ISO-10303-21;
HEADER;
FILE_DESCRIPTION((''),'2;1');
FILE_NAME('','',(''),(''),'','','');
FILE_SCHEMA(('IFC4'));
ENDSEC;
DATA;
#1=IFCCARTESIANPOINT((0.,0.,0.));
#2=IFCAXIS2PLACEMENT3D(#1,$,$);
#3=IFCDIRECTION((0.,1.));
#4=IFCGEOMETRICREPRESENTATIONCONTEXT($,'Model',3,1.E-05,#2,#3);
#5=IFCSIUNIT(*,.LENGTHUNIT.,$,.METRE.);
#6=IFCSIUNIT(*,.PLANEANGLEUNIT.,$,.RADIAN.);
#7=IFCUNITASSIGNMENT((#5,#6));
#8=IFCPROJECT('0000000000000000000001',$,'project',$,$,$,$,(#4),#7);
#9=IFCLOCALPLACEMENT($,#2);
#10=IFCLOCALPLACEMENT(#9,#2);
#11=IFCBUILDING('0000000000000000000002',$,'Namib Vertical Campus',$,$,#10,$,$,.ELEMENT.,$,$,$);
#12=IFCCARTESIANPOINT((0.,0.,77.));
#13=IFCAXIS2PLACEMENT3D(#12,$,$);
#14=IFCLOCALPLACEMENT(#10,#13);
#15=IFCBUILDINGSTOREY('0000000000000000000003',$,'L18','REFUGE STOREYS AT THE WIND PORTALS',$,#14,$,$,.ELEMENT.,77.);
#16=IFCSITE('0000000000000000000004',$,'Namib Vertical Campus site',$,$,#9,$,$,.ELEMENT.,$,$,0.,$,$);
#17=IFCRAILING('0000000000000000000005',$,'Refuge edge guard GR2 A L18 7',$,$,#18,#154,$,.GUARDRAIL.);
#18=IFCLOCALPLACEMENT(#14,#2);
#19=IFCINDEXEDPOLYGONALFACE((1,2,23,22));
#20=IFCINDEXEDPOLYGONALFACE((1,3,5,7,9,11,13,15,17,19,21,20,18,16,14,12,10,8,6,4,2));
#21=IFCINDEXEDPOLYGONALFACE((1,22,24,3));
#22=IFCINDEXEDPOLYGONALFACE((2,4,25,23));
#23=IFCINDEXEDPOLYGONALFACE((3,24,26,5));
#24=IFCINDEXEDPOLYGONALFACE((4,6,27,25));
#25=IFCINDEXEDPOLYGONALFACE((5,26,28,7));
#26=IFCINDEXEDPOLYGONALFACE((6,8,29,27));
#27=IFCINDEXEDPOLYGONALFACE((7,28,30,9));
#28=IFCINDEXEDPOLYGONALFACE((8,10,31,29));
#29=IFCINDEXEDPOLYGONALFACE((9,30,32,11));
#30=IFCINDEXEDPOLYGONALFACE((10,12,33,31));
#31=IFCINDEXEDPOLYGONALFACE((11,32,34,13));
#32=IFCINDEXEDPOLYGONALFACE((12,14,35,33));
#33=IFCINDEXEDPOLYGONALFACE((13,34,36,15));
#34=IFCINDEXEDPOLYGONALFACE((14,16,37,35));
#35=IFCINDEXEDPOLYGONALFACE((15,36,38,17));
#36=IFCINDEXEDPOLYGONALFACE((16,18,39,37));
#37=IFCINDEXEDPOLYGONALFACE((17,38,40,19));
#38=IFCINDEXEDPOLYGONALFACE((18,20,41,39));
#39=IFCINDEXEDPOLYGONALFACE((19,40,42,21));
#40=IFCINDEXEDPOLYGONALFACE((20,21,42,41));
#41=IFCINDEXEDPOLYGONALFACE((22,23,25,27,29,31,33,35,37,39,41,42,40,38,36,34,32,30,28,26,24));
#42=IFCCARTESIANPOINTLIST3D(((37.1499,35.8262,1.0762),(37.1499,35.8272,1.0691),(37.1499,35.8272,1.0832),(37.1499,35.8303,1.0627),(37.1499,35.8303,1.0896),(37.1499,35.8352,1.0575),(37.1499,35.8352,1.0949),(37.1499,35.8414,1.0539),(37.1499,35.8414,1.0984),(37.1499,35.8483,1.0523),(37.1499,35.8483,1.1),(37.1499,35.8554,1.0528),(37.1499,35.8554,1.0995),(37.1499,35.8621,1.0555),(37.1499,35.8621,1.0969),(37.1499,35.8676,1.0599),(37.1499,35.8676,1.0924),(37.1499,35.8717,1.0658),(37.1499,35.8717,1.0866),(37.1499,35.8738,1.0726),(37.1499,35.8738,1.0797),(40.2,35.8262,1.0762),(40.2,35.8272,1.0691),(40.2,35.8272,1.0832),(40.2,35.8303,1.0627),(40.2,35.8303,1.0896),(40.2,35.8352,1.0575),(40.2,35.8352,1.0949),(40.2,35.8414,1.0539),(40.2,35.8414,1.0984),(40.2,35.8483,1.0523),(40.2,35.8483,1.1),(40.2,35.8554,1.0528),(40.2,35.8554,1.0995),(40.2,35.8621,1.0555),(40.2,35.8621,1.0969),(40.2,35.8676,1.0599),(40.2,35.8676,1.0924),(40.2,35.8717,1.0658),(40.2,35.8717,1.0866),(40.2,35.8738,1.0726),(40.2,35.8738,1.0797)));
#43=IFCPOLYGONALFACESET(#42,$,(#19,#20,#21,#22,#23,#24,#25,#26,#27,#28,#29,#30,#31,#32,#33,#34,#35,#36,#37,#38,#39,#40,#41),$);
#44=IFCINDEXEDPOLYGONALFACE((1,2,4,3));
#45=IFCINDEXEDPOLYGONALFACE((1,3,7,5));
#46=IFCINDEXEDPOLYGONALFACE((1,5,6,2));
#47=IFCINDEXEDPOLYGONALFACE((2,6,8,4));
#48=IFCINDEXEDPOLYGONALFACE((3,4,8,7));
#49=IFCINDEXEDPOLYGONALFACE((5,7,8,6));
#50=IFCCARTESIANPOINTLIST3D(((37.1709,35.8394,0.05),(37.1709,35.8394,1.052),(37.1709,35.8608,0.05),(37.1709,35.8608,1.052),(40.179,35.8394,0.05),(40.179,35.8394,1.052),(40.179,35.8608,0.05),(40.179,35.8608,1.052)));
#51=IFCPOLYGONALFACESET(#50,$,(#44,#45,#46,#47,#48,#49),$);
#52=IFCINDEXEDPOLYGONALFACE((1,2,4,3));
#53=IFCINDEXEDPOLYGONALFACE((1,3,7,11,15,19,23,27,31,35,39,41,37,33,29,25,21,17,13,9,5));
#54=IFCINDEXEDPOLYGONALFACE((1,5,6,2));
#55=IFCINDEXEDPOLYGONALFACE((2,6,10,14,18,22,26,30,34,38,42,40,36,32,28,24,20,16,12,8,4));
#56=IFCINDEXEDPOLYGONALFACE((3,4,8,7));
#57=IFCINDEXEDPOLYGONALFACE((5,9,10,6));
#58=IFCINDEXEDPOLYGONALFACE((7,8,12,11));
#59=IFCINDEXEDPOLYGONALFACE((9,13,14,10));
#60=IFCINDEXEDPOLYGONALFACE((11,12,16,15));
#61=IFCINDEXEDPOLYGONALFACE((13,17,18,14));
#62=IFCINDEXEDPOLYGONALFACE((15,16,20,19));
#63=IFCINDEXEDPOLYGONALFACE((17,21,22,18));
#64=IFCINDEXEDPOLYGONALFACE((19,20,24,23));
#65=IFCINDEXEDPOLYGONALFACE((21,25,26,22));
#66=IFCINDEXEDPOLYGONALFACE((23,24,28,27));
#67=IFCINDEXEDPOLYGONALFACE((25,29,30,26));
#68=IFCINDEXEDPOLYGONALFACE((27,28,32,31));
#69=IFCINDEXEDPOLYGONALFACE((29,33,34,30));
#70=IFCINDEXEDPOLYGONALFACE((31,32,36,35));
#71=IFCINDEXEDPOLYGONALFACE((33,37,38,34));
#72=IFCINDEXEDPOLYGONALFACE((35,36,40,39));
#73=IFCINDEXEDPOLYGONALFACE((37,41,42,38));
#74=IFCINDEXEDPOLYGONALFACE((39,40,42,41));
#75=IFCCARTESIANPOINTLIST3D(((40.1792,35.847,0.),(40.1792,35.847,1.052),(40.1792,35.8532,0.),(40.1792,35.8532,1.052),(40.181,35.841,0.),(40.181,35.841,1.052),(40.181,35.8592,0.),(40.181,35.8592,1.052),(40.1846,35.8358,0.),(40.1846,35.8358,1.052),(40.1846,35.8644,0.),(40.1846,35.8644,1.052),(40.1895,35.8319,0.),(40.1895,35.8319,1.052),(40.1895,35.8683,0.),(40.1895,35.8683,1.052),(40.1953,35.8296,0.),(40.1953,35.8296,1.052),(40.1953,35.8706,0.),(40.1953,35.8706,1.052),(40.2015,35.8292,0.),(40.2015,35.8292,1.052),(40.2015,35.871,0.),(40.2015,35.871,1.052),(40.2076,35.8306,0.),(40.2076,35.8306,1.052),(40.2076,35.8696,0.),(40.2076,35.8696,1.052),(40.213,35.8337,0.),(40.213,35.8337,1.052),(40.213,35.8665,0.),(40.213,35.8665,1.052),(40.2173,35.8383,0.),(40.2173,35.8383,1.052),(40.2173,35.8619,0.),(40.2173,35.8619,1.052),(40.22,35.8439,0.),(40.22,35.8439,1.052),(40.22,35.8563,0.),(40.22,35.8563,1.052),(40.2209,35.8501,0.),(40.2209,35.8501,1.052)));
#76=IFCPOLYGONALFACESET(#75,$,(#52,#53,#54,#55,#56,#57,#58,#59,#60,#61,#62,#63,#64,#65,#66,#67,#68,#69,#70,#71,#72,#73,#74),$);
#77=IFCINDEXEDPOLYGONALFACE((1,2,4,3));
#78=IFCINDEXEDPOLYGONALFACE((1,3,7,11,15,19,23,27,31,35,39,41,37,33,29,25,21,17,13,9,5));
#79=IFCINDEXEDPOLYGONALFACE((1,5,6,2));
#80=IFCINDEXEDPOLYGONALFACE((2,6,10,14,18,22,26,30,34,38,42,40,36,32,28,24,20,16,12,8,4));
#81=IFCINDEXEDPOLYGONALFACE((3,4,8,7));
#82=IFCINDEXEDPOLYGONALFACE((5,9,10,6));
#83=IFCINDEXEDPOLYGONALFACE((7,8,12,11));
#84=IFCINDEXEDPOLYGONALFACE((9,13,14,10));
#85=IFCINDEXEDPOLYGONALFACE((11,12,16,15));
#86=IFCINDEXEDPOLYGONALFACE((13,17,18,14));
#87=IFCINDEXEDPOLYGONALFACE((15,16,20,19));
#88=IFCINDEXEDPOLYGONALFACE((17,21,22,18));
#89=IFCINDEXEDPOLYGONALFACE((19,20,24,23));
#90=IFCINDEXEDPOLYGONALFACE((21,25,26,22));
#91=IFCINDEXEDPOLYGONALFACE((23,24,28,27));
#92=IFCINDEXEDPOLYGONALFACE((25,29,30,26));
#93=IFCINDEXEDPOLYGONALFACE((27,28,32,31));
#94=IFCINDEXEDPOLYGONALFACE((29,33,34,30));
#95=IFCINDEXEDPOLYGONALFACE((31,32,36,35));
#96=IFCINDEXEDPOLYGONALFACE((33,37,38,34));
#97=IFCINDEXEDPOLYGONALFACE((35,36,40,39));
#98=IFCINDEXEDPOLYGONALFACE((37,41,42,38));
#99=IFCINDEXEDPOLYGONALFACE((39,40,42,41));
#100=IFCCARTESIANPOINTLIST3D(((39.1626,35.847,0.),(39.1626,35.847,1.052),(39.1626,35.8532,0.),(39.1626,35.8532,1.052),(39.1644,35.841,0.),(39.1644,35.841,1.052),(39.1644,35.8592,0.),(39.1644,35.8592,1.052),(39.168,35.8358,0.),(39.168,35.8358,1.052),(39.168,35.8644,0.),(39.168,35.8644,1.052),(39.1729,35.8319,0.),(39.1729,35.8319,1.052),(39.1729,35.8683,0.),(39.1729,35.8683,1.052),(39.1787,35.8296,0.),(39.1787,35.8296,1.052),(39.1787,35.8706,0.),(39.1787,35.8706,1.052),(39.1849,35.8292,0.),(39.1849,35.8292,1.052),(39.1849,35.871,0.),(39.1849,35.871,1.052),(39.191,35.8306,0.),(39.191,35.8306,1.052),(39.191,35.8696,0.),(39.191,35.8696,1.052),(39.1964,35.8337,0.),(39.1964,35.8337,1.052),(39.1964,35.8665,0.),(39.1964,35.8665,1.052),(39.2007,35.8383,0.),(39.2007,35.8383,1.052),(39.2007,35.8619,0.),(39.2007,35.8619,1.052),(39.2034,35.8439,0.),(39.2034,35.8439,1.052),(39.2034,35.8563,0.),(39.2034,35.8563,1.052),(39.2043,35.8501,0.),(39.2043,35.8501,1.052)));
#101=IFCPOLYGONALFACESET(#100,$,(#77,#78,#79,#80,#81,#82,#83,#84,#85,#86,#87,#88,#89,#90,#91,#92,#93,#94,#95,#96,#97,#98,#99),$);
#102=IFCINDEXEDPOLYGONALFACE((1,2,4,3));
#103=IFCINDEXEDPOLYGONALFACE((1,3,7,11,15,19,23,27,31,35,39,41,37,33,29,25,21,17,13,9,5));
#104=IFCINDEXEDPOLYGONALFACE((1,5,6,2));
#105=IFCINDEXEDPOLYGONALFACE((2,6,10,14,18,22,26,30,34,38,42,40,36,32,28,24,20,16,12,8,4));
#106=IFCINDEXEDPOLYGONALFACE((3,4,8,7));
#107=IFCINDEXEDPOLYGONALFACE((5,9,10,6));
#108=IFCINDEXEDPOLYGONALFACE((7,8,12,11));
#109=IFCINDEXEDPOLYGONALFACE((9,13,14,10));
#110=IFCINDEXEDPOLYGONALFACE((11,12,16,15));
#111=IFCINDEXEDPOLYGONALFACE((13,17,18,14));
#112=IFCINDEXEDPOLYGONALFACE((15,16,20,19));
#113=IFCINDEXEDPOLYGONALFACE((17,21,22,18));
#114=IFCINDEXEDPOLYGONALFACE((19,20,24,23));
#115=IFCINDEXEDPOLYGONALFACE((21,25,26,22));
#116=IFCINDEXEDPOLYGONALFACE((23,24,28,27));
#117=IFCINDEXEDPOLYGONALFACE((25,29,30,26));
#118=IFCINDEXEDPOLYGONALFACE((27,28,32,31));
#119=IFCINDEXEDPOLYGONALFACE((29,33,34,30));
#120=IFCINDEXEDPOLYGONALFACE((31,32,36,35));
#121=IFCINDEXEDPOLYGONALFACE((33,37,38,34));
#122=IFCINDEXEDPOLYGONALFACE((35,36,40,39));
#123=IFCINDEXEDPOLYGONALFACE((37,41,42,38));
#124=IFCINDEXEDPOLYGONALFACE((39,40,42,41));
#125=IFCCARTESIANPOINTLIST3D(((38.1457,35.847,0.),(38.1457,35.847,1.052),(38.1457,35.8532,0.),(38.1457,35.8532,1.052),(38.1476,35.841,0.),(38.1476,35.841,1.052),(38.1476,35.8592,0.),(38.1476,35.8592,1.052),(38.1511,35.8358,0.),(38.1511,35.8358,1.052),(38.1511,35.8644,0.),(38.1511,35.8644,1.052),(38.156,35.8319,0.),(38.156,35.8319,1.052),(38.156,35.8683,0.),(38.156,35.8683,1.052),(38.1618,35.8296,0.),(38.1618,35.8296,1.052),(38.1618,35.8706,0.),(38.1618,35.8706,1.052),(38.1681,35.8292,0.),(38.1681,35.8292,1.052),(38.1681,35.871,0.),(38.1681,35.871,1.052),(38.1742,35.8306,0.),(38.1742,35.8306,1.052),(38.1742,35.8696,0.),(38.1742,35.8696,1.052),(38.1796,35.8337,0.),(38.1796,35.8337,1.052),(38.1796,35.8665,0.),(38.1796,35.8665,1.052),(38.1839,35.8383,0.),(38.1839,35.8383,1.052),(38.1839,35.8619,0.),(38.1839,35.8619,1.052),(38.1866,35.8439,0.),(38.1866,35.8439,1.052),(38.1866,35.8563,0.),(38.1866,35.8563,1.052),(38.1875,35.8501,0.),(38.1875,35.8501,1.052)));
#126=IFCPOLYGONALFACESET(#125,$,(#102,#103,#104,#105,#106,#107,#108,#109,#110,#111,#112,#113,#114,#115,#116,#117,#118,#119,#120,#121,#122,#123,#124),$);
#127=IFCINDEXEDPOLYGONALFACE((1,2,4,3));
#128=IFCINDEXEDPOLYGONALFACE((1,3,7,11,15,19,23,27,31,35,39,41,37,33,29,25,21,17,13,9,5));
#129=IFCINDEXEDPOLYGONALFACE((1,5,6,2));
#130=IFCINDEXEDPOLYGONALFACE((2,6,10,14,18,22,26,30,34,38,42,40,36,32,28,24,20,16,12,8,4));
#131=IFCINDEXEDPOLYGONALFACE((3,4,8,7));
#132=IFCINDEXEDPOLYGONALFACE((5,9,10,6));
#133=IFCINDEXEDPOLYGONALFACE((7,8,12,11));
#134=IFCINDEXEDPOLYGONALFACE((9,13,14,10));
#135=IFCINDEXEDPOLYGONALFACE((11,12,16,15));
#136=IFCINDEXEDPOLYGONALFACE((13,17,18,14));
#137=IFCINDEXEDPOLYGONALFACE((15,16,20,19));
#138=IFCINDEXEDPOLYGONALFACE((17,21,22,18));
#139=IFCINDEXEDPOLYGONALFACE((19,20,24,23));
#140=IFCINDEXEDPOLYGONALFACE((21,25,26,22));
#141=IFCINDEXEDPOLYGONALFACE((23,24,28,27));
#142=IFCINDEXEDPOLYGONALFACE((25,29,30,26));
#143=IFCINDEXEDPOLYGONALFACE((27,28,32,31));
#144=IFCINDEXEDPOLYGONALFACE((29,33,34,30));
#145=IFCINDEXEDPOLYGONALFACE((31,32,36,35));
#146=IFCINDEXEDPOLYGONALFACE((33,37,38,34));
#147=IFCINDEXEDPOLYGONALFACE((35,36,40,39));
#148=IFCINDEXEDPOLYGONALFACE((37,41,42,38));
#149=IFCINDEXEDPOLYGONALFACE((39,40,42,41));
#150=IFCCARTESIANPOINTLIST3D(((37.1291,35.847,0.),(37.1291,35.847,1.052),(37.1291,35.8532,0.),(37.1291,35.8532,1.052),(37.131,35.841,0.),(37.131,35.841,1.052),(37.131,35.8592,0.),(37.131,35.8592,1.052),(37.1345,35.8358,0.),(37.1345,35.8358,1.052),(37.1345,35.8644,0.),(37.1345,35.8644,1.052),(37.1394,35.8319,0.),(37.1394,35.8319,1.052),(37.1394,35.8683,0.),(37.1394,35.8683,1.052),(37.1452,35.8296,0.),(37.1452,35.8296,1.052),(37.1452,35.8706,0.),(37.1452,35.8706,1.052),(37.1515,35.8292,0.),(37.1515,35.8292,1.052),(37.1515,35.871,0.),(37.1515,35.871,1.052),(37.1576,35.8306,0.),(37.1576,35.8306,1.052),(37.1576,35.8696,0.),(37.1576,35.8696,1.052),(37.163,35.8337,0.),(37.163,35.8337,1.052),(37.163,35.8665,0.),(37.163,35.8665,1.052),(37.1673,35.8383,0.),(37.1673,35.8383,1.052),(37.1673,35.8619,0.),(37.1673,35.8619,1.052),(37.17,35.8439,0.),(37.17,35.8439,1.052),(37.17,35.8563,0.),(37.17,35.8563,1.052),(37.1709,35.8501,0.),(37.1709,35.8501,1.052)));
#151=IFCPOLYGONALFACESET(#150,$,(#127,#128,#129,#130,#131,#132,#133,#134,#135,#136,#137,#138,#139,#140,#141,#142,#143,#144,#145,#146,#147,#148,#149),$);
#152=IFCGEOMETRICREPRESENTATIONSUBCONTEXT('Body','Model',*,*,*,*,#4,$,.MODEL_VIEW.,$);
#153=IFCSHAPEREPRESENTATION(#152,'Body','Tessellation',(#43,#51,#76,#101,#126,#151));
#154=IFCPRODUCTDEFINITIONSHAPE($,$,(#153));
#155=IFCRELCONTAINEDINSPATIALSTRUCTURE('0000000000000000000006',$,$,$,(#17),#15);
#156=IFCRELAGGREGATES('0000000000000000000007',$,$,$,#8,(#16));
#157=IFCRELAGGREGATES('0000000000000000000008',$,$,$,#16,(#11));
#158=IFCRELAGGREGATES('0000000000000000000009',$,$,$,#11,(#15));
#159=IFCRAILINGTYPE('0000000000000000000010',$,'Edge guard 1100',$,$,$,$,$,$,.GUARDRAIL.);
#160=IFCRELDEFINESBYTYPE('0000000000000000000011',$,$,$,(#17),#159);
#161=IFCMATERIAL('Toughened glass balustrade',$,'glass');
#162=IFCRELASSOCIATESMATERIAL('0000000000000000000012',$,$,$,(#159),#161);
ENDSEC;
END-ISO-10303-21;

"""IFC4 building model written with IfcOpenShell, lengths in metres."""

from ifc_helpers import new_model, si_unit, direction, frame, origin, origin_2d, place, context, subcontext, project, spatial, polyline, circle, outline, extrude, material, type_object, element, save


model = new_model("IFC4")

# Units and contexts
model_context = context("Model", 3, precision=1e-05, world=origin(), true_north=direction((0.0, 1.0)))
body_context = subcontext(model_context, "Body", "Model", "MODEL_VIEW")
ifc_project = project(units=[si_unit("LENGTHUNIT", "METRE"), si_unit("PLANEANGLEUNIT", "RADIAN")], contexts=[model_context])

# Site, building, storey
site_placement = place(None, origin())
site = spatial("IfcSite", under=ifc_project, at=site_placement, Name="Namib Vertical Campus site", CompositionType="ELEMENT", RefElevation=0.0)
building_placement = place(site_placement, origin())
building = spatial("IfcBuilding", under=site, at=building_placement, Name="Namib Vertical Campus", CompositionType="ELEMENT")
storey_placement = place(building_placement, frame((0.0, 0.0, 77.0)))
storey = spatial("IfcBuildingStorey", under=building, at=storey_placement, Name="L18", Description="REFUGE STOREYS AT THE WIND PORTALS", CompositionType="ELEMENT", Elevation=77.0)

# Railing
ifc_material_1 = material(Name="Toughened glass balustrade", Category="glass")
railing_type = type_object("IfcRailingType", Name="Edge guard 1100", PredefinedType="GUARDRAIL", material=ifc_material_1)
railing_1_placement = place(storey_placement, frame((40.2, 35.8501, 0.0)))
element("IfcRailing", 1, at=railing_1_placement, inside=storey, type_object=railing_type, Name="Refuge edge guard GR2 A L18 7", PredefinedType="GUARDRAIL", context=body_context, shape_type="SweptSolid", body=[
    extrude(circle(Radius=0.0239, at=origin_2d()), frame((0.0, 0.0, 1.0762), z_axis=(-1.0, 0.0, 0.0), x_axis=(0.0, -1.0, 0.0)), (0.0, 0.0, 1.0), 3.05),
    extrude(outline(polyline([(0.021, 0.05), (3.0291, 0.05), (3.0291, 1.052), (0.021, 1.052), (0.021, 0.05)])), frame((0.0, -0.0107, 0.0), z_axis=(0.0, 1.0, 0.0), x_axis=(-1.0, 0.0, 0.0)), (0.0, 0.0, 1.0), 0.0215),
    extrude(circle(Radius=0.021, at=origin_2d()), origin(), (0.0, 0.0, 1.0), 1.052),
    extrude(circle(Radius=0.021, at=origin_2d()), frame((-1.0166, 0.0, 0.0)), (0.0, 0.0, 1.0), 1.052),
    extrude(circle(Radius=0.021, at=origin_2d()), frame((-2.0334, 0.0, 0.0)), (0.0, 0.0, 1.0), 1.052),
    extrude(circle(Radius=0.021, at=origin_2d()), frame((-3.05, 0.0, 0.0)), (0.0, 0.0, 1.0), 1.052),
])

save(model, "model.ifc")
